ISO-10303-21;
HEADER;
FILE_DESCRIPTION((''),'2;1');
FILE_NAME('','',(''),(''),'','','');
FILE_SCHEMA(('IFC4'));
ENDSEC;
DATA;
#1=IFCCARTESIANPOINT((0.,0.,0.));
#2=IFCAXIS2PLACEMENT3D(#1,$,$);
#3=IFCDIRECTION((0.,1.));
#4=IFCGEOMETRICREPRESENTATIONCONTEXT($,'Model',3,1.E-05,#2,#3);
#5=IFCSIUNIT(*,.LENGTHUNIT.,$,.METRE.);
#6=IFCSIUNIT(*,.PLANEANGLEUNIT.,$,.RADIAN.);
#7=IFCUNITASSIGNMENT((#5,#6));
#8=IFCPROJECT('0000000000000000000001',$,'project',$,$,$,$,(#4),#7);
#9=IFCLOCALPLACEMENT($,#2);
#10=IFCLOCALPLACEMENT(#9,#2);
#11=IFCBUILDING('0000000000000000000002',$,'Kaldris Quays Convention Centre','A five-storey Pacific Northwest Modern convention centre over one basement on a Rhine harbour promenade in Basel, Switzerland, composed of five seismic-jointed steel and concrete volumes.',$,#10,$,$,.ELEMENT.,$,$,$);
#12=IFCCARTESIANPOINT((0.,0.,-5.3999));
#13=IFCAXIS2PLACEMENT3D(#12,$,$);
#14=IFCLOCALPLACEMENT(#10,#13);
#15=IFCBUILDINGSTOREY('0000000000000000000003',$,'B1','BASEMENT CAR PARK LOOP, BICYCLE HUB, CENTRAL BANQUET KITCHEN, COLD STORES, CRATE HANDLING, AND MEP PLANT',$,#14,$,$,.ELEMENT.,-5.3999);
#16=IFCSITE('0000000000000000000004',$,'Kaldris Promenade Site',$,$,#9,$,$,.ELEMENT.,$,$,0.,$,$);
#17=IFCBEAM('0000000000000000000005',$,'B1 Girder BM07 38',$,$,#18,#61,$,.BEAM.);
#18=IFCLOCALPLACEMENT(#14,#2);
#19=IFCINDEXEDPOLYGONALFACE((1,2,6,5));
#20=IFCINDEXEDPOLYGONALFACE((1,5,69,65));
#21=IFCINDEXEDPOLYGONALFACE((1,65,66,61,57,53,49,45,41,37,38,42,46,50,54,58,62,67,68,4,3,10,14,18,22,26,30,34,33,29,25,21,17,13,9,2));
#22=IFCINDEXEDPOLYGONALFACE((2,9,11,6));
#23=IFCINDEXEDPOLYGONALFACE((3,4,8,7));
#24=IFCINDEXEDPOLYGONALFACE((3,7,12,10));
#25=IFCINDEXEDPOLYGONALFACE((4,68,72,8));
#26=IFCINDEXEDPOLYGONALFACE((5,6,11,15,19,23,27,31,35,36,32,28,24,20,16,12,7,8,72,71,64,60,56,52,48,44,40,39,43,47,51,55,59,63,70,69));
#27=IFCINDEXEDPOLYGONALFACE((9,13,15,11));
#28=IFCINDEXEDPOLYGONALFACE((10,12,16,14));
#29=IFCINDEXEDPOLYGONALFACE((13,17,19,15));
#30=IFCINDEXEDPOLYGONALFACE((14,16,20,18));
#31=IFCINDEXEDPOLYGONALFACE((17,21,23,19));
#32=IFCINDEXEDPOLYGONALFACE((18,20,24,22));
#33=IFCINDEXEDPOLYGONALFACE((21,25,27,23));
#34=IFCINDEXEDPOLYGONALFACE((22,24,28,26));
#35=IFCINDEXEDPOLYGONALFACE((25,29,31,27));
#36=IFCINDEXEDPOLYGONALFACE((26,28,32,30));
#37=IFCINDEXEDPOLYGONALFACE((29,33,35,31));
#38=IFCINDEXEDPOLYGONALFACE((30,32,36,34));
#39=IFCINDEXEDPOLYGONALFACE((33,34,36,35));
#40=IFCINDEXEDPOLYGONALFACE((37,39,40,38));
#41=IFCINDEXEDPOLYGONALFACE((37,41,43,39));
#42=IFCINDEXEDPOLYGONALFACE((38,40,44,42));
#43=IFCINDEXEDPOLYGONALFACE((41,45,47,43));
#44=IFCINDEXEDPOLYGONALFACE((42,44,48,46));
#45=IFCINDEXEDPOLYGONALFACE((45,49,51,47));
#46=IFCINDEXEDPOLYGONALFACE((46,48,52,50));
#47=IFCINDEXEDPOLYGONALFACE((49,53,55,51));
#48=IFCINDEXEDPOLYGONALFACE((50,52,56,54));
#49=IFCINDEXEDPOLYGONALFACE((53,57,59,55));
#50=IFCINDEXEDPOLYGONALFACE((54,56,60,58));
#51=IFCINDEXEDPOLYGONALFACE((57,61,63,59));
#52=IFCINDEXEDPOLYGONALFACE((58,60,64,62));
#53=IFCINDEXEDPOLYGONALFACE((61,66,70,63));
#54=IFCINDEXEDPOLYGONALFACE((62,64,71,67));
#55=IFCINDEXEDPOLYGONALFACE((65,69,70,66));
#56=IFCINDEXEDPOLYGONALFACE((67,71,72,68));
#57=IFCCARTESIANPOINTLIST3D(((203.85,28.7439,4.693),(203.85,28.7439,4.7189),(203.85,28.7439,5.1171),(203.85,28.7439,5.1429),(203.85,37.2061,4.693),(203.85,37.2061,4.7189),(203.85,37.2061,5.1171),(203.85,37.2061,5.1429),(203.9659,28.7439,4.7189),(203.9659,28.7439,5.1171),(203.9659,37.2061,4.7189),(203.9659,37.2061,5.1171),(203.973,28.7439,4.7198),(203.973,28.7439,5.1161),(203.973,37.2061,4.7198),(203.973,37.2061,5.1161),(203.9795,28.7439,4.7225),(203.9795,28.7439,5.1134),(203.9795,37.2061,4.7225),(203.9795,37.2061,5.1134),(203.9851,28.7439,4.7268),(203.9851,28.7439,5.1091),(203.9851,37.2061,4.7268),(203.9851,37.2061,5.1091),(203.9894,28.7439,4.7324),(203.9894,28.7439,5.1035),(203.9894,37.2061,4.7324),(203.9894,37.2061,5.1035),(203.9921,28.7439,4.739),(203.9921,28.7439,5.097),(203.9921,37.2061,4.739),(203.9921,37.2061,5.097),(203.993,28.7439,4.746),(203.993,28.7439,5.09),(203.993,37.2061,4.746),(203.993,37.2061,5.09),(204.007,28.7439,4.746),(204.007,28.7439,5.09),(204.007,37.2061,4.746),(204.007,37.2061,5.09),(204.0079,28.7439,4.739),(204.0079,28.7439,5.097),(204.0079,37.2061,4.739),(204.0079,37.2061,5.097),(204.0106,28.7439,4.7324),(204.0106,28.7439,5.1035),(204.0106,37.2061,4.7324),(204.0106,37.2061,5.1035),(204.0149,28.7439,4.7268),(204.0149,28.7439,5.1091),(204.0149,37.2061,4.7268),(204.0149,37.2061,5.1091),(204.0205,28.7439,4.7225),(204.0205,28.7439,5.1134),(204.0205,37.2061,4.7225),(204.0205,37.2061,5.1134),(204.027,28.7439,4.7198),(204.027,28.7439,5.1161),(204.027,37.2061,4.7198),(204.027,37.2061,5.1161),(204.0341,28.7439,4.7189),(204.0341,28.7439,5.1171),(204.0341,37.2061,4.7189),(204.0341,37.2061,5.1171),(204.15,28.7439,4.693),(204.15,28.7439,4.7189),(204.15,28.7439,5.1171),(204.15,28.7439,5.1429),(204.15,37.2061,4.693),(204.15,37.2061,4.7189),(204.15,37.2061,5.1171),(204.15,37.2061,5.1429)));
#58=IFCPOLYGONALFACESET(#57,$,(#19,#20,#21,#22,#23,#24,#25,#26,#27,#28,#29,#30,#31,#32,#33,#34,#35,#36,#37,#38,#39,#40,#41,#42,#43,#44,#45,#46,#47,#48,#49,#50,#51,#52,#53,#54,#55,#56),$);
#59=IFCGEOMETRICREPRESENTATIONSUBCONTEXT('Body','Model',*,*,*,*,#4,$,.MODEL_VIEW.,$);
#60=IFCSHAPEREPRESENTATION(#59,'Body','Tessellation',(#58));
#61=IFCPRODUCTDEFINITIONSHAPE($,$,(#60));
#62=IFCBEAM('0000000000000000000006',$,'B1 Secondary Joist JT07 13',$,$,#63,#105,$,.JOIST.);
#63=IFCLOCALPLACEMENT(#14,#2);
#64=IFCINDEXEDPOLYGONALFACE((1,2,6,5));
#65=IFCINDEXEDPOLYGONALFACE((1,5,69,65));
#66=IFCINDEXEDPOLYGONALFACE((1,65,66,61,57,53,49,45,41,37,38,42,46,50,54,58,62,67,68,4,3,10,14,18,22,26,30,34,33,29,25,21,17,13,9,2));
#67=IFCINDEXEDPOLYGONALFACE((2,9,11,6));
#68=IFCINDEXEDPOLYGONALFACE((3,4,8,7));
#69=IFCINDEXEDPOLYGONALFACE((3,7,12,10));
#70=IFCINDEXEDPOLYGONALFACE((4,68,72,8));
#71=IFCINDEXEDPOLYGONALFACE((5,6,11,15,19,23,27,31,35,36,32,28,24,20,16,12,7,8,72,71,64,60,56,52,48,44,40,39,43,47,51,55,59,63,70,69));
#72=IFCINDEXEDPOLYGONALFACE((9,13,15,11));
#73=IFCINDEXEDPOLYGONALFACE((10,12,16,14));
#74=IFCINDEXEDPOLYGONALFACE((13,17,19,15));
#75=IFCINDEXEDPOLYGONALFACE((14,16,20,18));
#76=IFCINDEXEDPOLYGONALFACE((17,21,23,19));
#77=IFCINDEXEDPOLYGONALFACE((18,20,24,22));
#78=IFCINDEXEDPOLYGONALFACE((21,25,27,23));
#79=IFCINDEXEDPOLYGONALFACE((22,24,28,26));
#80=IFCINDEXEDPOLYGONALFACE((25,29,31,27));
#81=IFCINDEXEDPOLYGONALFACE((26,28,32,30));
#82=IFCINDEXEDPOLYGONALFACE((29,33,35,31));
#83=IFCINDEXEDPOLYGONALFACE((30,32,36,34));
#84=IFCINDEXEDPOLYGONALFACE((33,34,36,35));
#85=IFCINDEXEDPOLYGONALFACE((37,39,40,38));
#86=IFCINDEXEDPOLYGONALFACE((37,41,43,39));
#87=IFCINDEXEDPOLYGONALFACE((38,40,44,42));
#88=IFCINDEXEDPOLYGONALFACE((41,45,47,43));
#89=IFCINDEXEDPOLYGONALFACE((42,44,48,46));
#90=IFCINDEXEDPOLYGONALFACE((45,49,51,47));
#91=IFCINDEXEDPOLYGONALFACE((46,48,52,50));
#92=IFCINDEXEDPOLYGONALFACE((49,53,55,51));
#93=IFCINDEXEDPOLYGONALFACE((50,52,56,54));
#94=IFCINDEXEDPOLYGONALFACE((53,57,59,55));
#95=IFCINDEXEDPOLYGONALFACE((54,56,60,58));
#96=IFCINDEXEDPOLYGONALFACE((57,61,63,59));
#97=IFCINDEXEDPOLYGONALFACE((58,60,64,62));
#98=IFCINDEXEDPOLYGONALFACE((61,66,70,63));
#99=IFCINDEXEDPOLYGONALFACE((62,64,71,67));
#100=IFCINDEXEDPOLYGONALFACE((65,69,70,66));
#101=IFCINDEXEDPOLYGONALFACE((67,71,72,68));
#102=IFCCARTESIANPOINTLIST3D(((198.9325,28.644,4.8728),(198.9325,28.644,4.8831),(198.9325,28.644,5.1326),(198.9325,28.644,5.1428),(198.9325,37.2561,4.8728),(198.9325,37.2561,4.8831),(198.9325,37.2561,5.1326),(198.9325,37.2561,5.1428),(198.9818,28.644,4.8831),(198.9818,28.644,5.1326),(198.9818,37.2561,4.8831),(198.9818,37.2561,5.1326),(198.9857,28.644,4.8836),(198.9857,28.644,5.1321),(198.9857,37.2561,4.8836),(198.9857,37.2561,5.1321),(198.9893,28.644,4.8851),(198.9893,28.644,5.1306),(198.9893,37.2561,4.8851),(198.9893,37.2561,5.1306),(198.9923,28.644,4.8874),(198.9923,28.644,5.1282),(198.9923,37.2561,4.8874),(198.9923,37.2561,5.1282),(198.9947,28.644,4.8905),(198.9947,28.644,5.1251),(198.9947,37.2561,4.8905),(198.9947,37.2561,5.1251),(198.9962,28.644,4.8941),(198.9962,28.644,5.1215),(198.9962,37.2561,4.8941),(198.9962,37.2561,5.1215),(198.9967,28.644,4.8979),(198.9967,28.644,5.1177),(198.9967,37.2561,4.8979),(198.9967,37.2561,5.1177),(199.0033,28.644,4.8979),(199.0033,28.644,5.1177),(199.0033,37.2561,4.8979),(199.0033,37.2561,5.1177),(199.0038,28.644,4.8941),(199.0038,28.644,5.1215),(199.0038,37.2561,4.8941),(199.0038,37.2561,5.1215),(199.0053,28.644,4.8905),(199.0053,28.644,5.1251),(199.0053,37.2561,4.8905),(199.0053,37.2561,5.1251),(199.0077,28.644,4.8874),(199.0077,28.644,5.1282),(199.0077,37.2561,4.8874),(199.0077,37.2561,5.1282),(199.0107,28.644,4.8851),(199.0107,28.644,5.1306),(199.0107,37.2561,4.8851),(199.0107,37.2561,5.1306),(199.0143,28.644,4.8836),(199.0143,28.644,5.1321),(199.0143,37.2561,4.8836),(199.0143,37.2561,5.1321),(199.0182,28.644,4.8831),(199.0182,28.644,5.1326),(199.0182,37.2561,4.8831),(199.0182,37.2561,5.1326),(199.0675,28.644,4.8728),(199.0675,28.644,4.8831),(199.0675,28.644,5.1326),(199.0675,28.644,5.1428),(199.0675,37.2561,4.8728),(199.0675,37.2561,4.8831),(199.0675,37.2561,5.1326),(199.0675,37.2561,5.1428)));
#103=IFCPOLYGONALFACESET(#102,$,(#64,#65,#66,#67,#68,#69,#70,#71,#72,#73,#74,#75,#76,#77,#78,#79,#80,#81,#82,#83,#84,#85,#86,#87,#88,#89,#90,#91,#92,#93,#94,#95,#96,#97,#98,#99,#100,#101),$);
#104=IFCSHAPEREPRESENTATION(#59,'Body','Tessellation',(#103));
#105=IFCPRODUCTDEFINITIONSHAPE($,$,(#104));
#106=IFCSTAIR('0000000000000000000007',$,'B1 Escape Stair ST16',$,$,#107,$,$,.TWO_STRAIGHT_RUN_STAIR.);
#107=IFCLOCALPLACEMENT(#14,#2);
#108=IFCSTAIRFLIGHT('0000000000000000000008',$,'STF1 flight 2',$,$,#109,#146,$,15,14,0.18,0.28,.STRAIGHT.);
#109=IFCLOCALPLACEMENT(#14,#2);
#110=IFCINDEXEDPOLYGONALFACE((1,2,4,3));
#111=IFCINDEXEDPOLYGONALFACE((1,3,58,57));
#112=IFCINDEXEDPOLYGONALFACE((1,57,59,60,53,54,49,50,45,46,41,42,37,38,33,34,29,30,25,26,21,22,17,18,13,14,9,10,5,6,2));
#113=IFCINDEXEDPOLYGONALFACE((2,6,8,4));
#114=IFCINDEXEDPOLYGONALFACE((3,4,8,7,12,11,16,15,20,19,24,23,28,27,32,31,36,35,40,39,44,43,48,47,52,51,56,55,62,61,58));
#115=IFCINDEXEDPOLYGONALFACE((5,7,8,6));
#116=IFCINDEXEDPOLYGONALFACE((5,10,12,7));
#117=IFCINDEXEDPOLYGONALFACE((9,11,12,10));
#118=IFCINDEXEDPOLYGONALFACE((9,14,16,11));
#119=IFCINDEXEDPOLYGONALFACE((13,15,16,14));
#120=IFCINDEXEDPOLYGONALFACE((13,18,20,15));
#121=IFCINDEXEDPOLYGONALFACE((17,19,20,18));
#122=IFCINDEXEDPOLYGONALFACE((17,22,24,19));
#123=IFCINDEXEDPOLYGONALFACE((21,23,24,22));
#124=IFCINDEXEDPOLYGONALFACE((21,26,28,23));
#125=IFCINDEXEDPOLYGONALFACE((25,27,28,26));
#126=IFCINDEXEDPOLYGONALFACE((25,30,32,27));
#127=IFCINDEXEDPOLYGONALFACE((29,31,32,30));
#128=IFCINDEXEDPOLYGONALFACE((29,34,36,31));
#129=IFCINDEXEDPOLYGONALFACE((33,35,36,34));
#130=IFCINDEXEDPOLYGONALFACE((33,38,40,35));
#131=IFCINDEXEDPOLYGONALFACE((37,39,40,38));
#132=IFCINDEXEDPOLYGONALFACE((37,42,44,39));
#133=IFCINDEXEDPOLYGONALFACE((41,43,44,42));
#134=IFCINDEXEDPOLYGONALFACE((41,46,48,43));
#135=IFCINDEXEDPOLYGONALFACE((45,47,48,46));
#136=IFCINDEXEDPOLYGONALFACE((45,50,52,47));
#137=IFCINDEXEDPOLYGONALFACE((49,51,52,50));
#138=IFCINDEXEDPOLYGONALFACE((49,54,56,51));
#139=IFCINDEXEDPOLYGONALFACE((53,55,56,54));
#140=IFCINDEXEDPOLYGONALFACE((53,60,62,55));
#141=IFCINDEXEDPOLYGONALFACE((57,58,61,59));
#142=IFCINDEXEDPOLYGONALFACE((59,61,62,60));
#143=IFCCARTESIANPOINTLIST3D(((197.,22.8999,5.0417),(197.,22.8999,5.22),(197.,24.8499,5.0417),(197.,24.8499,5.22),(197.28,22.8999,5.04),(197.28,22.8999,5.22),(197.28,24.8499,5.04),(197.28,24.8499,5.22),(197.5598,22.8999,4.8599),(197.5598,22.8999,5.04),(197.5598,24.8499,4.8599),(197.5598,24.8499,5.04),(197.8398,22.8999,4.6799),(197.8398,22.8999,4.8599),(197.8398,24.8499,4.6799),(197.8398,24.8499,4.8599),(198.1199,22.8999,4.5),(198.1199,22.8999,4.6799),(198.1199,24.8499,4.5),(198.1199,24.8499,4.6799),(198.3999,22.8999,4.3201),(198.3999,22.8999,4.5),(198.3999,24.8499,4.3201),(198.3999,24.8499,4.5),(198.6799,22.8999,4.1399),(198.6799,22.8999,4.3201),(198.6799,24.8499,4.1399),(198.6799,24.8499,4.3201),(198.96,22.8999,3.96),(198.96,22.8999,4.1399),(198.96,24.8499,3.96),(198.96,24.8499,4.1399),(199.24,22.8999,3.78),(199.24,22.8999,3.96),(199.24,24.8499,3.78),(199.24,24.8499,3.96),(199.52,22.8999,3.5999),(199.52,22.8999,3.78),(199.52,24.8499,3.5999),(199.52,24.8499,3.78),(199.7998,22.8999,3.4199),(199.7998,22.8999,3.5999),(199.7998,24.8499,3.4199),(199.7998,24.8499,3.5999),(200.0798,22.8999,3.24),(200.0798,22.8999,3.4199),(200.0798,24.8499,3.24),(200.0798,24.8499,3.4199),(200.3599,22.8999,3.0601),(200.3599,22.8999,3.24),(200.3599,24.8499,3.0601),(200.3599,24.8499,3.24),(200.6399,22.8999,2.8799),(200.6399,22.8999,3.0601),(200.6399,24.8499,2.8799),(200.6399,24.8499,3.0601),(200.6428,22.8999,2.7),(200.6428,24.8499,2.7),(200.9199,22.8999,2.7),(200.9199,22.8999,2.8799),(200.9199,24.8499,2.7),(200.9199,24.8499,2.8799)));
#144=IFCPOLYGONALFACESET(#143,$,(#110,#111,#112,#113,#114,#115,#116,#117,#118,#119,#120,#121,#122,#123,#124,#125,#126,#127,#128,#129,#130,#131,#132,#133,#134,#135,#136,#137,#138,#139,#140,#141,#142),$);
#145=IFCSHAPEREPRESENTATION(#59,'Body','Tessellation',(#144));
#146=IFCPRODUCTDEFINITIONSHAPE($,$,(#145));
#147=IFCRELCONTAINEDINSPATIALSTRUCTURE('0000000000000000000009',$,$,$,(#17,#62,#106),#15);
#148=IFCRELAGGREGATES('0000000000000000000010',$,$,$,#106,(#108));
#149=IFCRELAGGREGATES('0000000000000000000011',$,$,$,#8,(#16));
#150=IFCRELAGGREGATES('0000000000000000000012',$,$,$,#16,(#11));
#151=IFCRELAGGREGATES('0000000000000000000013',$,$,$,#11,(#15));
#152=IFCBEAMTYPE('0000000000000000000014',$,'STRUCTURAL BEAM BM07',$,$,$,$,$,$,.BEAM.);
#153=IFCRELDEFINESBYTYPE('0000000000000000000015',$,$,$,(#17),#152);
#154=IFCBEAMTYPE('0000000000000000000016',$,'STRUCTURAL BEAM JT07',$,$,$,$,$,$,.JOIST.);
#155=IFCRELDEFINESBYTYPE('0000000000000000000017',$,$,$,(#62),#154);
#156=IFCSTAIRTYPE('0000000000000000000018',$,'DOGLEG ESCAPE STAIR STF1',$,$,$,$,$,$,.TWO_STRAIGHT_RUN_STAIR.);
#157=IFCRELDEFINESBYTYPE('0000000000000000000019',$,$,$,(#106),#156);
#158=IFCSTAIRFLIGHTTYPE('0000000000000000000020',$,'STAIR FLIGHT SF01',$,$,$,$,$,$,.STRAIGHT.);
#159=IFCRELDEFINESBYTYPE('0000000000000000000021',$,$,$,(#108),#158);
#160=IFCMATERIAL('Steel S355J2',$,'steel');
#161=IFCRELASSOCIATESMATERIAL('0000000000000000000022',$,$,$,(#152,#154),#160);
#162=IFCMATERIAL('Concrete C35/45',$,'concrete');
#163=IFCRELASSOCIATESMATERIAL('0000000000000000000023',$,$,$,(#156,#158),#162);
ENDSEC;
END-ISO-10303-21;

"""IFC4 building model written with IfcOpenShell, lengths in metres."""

from ifc_helpers import new_model, si_unit, direction, frame, origin, origin_2d, place, context, subcontext, project, spatial, polyline, i_section, outline, extrude, material, material_profile, profile_set, type_object, element, aggregate, save


model = new_model("IFC4")

# Units and contexts
model_context = context("Model", 3, precision=1e-05, world=origin(), true_north=direction((0.0, 1.0)))
body_context = subcontext(model_context, "Body", "Model", "MODEL_VIEW")
ifc_project = project(units=[si_unit("LENGTHUNIT", "METRE"), si_unit("PLANEANGLEUNIT", "RADIAN")], contexts=[model_context])

# Site, building, storey
site_placement = place(None, origin())
site = spatial("IfcSite", under=ifc_project, at=site_placement, Name="Kaldris Promenade Site", CompositionType="ELEMENT", RefElevation=0.0)
building_placement = place(site_placement, origin())
building = spatial("IfcBuilding", under=site, at=building_placement, Name="Kaldris Quays Convention Centre", Description="A five-storey Pacific Northwest Modern convention centre over one basement on a Rhine harbour promenade in Basel, Switzerland, composed of five seismic-jointed steel and concrete volumes.", CompositionType="ELEMENT")
storey_placement = place(building_placement, frame((0.0, 0.0, -5.3999)))
storey = spatial("IfcBuildingStorey", under=building, at=storey_placement, Name="B1", Description="BASEMENT CAR PARK LOOP, BICYCLE HUB, CENTRAL BANQUET KITCHEN, COLD STORES, CRATE HANDLING, AND MEP PLANT", CompositionType="ELEMENT", Elevation=-5.3999)

# Shared definitions
ifc_material_1 = material(Name="Concrete C35/45", Category="concrete")

# Shared definitions
ifc_material_2 = material(Name="Steel S355J2", Category="steel")

# Beams
ifc_material_profile_1 = material_profile(ifc_material_2, i_section(OverallWidth=0.3, OverallDepth=0.45, WebThickness=0.0139, FlangeThickness=0.0259, FilletRadius=0.0271, at=origin_2d()), Name="HEB 450")
ifc_profile_set_1 = profile_set([ifc_material_profile_1], Name="Steel S355J2")
beam_type_1 = type_object("IfcBeamType", Name="STRUCTURAL BEAM BM07", PredefinedType="BEAM", material=ifc_profile_set_1)
beam_1_placement = place(storey_placement, frame((204.0, 28.7439, 4.918), z_axis=(0.0, 1.0, 0.0), x_axis=(-1.0, 0.0, 0.0)))
element("IfcBeam", 1, at=beam_1_placement, inside=storey, type_object=beam_type_1, Name="B1 Girder BM07 38", PredefinedType="BEAM", context=body_context, shape_type="SweptSolid", body=[
    extrude(i_section(OverallWidth=0.3, OverallDepth=0.45, WebThickness=0.0139, FlangeThickness=0.0259, FilletRadius=0.0271, at=origin_2d()), origin(), (0.0, 0.0, 1.0), 8.4622),
])
ifc_material_profile_2 = material_profile(ifc_material_2, i_section(OverallWidth=0.135, OverallDepth=0.27, WebThickness=0.0066, FlangeThickness=0.0103, FilletRadius=0.0149, at=origin_2d()), Name="IPE 270")
ifc_profile_set_2 = profile_set([ifc_material_profile_2], Name="Steel S355J2")
beam_type_2 = type_object("IfcBeamType", Name="STRUCTURAL BEAM JT07", PredefinedType="JOIST", material=ifc_profile_set_2)
beam_2_placement = place(storey_placement, frame((199.0, 28.644, 5.0078), z_axis=(0.0, 1.0, 0.0), x_axis=(-1.0, 0.0, 0.0)))
element("IfcBeam", 2, at=beam_2_placement, inside=storey, type_object=beam_type_2, Name="B1 Secondary Joist JT07 13", PredefinedType="JOIST", context=body_context, shape_type="SweptSolid", body=[
    extrude(i_section(OverallWidth=0.135, OverallDepth=0.27, WebThickness=0.0066, FlangeThickness=0.0103, FilletRadius=0.0149, at=origin_2d()), origin(), (0.0, 0.0, 1.0), 8.6121),
])

# Stair, stair flight
stair_type = type_object("IfcStairType", Name="DOGLEG ESCAPE STAIR STF1", PredefinedType="TWO_STRAIGHT_RUN_STAIR", material=ifc_material_1)
stair_placement = place(storey_placement, origin())
stair = element("IfcStair", 3, at=stair_placement, inside=storey, type_object=stair_type, Name="B1 Escape Stair ST16", PredefinedType="TWO_STRAIGHT_RUN_STAIR")
stair_flight_type = type_object("IfcStairFlightType", Name="STAIR FLIGHT SF01", PredefinedType="STRAIGHT", material=ifc_material_1)
stair_flight_placement = place(storey_placement, frame((200.9199, 23.875, 2.7), z_axis=(0.0, 0.0, 1.0), x_axis=(-1.0, 0.0, 0.0)))
stair_flight = element("IfcStairFlight", 4, at=stair_flight_placement, type_object=stair_flight_type, Name="STF1 flight 2", NumberOfRisers=15, NumberOfTreads=14, PredefinedType="STRAIGHT", RiserHeight=0.18, TreadLength=0.28, context=body_context, shape_type="SweptSolid", body=[
    extrude(outline(polyline([(0.0, 0.0), (0.0, 0.1799), (0.28, 0.1799), (0.28, 0.3601), (0.5601, 0.3601), (0.5601, 0.54), (0.8401, 0.54), (0.8401, 0.72), (1.1201, 0.72), (1.1201, 0.8999), (1.3999, 0.8999), (1.3999, 1.0801), (1.6799, 1.0801), (1.6799, 1.26), (1.96, 1.26), (1.96, 1.4399), (2.24, 1.4399), (2.24, 1.6201), (2.52, 1.6201), (2.52, 1.8), (2.8, 1.8), (2.8, 1.98), (3.0801, 1.98), (3.0801, 2.1599), (3.3601, 2.1599), (3.3601, 2.3401), (3.6399, 2.3401), (3.6399, 2.52), (3.9199, 2.52), (3.9199, 2.7), (3.9199, 2.3418), (0.2771, 0.0), (0.0, 0.0)])), frame((0.0, 0.9751, 0.0), z_axis=(0.0, -1.0, 0.0), x_axis=(1.0, 0.0, 0.0)), (0.0, 0.0, 1.0), 1.95),
])
aggregate(stair, [stair_flight])

save(model, "model.ifc")
